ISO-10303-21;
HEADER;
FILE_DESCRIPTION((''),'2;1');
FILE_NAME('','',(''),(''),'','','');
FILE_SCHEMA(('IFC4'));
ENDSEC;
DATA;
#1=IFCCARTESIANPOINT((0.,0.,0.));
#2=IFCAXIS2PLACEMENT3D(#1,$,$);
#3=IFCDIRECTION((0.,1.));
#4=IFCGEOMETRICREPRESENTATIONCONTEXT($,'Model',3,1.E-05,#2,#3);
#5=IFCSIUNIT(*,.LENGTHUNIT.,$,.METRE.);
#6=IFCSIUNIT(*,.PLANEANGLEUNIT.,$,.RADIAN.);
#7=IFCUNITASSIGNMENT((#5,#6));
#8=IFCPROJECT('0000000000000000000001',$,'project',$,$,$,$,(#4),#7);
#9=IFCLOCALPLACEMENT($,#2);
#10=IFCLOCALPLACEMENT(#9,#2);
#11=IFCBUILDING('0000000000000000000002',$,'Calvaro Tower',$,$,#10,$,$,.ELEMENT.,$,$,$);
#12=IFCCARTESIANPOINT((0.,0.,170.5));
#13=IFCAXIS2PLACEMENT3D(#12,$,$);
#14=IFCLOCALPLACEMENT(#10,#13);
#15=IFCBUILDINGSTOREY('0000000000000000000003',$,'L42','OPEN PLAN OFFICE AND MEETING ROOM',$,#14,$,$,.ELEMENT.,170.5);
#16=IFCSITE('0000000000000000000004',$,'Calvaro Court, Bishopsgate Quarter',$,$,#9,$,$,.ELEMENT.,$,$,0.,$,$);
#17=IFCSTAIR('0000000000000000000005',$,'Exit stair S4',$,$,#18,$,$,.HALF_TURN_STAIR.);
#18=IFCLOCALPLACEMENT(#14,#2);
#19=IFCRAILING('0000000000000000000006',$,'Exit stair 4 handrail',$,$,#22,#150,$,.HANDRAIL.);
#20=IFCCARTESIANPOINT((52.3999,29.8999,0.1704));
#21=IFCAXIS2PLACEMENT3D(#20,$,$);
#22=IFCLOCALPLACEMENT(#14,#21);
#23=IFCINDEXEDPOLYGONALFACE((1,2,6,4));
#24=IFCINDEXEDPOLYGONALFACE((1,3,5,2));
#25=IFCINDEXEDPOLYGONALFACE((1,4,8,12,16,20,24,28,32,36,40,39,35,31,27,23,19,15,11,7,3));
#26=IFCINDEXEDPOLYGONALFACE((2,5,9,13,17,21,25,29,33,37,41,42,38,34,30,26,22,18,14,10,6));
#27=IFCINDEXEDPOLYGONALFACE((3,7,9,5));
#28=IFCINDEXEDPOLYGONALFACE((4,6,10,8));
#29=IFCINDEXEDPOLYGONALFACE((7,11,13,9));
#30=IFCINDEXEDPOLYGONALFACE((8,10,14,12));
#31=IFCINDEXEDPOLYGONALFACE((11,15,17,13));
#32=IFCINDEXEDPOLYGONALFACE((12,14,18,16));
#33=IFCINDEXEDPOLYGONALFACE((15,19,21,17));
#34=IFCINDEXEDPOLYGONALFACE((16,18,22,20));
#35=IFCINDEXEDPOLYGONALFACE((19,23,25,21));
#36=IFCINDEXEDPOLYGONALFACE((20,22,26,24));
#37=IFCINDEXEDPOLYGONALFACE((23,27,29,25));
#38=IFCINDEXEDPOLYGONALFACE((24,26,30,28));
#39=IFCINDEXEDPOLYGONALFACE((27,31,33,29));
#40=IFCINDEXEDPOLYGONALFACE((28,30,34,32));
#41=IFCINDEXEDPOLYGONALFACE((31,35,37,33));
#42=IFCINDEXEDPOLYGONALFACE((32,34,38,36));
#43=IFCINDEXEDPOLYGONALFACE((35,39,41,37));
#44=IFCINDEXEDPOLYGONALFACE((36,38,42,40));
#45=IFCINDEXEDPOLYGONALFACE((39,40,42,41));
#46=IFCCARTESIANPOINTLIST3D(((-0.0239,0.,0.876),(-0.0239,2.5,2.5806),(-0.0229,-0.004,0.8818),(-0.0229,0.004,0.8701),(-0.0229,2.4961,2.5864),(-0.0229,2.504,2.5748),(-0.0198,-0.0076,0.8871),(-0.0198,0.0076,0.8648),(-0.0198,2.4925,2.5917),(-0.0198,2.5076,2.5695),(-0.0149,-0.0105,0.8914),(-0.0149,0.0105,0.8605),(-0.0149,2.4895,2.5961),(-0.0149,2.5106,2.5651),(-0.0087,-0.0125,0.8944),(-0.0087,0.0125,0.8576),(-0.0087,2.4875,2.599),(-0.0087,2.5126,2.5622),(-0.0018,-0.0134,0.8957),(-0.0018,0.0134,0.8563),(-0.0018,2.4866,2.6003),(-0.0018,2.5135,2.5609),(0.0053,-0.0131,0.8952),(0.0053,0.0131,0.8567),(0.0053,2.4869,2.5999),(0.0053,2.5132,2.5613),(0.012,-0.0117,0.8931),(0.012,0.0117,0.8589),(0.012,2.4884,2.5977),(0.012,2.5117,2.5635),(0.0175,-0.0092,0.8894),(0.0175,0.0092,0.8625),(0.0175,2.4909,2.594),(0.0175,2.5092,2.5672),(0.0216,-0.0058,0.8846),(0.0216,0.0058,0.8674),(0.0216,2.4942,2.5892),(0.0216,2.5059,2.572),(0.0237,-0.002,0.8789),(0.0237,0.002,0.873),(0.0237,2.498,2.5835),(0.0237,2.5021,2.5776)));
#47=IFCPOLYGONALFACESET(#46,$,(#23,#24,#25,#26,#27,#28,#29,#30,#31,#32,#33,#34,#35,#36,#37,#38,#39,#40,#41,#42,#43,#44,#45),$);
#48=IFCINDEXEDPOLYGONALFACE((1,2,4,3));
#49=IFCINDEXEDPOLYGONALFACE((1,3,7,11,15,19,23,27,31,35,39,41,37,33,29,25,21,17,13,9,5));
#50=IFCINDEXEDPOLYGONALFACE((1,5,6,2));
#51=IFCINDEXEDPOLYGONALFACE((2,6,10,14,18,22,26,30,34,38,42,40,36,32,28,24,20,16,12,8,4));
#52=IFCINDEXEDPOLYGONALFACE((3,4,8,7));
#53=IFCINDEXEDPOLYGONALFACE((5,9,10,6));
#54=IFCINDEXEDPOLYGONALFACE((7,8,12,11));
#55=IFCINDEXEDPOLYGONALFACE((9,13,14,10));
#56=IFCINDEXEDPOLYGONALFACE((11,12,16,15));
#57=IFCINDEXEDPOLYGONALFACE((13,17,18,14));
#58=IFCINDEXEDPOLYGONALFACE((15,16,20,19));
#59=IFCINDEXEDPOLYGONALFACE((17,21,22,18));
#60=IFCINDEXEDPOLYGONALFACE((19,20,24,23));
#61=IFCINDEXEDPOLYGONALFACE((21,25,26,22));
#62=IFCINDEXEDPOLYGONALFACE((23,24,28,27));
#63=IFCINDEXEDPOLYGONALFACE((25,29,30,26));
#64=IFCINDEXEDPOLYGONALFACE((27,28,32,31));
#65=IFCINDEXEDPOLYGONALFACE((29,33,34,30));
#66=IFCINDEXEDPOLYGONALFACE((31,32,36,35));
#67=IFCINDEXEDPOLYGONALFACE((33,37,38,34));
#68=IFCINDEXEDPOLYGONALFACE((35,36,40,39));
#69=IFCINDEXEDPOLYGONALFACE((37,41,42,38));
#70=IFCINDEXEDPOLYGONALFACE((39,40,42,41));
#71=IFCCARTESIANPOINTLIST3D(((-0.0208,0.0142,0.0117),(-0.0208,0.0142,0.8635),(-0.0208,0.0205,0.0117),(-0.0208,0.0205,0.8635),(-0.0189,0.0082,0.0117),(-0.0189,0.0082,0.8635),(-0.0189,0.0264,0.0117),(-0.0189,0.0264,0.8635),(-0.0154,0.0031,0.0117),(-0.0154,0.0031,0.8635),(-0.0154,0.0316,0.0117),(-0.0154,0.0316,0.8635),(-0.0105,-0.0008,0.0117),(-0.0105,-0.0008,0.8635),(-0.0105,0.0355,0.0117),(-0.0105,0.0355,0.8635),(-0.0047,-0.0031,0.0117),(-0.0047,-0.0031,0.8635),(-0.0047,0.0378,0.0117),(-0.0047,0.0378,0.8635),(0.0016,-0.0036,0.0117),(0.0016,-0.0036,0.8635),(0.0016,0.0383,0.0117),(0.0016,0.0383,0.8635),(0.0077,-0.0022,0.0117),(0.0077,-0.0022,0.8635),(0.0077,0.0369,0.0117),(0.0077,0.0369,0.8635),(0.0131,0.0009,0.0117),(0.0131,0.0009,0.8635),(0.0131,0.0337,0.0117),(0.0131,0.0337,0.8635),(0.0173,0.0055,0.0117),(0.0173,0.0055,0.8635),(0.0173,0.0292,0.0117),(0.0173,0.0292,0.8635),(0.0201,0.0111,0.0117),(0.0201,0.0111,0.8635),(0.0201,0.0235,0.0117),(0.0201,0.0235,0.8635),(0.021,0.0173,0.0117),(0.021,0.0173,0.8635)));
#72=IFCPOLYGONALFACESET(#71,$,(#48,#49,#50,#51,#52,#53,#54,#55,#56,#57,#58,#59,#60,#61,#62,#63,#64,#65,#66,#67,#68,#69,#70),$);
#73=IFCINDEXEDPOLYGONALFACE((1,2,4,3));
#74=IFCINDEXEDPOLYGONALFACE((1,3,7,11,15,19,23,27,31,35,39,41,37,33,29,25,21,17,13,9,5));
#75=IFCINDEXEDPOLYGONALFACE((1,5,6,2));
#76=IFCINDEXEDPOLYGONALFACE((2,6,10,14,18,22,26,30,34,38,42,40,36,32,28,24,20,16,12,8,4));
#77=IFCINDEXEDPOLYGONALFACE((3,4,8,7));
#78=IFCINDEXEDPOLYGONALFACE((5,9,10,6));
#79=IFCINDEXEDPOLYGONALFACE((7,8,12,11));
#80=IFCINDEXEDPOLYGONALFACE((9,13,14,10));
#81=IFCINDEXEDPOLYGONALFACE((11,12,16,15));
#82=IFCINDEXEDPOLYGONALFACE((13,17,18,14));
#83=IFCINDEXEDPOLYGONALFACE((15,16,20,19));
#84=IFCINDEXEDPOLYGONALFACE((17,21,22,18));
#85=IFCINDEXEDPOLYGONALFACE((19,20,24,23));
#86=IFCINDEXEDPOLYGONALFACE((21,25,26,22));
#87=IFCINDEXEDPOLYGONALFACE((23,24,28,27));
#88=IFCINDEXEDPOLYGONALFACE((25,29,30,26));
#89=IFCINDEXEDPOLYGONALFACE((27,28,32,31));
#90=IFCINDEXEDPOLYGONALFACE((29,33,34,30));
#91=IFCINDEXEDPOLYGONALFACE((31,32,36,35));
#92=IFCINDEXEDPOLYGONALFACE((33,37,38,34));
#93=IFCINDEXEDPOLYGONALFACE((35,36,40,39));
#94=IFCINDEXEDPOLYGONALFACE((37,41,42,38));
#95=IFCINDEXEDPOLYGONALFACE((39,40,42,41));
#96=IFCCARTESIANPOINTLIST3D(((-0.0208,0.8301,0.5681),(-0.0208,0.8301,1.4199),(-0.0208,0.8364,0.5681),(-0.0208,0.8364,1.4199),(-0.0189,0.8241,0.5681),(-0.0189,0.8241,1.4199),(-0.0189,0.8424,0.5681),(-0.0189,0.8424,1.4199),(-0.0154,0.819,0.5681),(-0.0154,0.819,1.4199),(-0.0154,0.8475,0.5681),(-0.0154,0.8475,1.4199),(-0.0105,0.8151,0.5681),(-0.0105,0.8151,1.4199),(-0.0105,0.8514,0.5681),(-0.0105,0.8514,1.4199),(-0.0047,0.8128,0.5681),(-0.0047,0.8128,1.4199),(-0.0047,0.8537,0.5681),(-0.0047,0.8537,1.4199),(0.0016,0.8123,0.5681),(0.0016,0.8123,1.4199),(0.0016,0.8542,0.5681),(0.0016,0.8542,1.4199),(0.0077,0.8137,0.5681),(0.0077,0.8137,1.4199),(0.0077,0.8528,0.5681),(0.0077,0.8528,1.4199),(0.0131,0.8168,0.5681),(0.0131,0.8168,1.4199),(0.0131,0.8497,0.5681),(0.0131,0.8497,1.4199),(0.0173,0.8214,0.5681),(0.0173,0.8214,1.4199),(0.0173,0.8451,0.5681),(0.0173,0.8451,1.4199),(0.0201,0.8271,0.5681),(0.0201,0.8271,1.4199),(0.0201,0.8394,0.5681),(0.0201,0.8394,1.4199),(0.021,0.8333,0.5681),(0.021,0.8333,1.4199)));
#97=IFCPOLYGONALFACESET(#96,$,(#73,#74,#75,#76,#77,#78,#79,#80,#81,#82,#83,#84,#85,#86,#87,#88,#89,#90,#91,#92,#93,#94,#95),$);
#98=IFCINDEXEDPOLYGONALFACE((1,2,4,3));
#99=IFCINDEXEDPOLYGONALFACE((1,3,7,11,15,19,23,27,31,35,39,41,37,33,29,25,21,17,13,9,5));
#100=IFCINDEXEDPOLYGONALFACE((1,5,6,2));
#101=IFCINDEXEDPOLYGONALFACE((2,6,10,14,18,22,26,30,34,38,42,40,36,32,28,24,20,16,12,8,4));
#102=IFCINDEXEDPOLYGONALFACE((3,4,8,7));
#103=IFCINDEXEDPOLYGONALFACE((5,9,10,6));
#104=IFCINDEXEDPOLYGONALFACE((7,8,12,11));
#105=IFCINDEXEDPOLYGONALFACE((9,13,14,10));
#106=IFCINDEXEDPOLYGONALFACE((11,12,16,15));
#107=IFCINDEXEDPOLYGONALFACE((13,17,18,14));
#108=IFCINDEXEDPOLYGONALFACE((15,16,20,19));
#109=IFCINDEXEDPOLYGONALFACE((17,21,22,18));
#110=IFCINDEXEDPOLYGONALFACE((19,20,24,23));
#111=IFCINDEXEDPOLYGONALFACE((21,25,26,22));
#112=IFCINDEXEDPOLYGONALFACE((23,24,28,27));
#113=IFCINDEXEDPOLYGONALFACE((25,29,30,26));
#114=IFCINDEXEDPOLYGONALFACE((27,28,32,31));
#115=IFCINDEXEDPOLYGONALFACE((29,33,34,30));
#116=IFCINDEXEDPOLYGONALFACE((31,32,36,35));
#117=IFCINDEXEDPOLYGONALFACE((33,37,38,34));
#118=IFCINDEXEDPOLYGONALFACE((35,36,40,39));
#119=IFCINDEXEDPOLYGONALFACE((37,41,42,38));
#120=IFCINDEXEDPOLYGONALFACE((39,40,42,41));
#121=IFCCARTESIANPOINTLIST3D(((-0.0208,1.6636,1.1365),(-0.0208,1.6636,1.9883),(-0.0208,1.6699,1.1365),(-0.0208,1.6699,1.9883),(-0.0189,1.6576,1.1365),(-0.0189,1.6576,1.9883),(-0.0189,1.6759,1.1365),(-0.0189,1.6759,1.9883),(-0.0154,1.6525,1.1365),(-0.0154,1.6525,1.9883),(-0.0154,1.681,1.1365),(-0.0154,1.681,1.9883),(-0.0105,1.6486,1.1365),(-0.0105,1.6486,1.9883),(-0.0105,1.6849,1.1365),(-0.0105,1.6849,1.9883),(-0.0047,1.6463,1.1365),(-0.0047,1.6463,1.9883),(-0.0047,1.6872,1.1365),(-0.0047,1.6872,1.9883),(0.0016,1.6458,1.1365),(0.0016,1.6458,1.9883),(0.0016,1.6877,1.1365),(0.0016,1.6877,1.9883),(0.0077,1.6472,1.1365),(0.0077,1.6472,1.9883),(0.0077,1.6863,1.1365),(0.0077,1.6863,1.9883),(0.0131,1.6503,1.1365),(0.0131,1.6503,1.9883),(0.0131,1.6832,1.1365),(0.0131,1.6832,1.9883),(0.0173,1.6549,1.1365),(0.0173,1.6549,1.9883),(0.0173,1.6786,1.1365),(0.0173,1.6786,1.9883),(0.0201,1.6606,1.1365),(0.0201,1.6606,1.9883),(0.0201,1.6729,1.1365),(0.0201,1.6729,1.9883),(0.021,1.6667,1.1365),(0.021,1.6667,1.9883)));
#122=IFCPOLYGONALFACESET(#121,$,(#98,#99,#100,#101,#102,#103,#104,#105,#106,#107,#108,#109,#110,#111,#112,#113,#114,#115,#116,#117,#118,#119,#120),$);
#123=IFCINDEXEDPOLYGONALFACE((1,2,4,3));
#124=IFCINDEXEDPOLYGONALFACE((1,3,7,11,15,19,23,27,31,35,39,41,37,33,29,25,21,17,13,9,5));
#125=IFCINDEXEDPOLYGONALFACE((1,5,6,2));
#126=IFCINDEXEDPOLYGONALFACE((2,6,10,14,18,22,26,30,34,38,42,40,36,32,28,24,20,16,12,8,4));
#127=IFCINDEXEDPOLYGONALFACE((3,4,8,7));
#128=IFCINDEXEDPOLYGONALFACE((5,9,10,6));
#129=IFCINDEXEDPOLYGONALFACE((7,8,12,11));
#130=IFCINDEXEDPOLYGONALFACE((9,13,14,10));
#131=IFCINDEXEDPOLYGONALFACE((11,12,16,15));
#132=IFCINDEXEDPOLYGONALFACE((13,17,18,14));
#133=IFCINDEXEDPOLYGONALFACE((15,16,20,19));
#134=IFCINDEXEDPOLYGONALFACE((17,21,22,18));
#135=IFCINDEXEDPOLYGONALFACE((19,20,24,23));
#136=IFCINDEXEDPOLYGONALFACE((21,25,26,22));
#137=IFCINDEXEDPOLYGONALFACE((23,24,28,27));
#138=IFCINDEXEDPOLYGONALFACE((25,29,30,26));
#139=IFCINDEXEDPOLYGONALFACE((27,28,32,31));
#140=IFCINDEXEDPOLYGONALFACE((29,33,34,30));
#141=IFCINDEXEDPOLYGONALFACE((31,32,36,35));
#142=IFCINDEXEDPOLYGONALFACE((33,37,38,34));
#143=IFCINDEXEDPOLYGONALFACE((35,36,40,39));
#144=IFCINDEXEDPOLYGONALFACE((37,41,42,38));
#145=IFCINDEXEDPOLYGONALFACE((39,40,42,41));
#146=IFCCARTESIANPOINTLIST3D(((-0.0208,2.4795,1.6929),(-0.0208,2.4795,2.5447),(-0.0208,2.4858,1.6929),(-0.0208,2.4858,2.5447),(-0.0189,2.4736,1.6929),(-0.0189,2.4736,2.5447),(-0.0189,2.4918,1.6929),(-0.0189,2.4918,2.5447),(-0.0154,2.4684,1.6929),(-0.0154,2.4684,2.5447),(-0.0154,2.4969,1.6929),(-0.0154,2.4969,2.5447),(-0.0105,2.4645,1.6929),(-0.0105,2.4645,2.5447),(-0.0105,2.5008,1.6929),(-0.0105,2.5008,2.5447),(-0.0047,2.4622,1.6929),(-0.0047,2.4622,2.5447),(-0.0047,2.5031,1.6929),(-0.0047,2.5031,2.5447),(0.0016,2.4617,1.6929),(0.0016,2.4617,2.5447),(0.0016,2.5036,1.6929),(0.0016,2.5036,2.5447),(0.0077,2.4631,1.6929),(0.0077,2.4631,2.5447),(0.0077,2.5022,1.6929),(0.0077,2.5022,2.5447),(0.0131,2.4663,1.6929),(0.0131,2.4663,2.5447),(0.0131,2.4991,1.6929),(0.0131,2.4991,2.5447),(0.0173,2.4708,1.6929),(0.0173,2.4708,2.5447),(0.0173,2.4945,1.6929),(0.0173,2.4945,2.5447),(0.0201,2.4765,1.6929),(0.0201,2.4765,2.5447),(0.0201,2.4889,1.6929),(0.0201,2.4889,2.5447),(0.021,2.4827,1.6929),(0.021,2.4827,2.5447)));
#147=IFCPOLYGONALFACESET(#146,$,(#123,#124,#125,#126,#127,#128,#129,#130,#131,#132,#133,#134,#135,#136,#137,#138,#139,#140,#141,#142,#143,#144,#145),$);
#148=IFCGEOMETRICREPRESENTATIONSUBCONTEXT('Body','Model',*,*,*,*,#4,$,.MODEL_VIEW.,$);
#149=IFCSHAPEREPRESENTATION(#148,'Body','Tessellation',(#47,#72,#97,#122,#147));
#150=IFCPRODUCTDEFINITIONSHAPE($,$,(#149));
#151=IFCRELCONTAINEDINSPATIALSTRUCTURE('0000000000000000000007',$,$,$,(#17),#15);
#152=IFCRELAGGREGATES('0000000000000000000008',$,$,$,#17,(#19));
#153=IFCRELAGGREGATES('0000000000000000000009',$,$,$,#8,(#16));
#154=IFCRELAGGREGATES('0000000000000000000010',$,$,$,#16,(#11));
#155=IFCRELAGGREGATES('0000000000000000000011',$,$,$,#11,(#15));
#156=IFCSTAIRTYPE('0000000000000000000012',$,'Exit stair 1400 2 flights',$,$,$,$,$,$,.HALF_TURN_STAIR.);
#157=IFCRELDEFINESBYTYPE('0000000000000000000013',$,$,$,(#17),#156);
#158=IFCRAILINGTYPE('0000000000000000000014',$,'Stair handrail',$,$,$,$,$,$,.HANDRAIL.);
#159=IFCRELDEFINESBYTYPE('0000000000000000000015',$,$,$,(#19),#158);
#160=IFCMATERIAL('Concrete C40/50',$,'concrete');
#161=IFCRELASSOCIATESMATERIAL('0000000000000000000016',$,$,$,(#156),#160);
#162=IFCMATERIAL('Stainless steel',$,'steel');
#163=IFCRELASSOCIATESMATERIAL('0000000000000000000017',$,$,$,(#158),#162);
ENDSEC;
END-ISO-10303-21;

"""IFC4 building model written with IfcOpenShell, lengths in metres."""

from ifc_helpers import new_model, si_unit, direction, frame, origin, origin_2d, place, context, subcontext, project, spatial, circle, extrude, material, type_object, element, aggregate, save


model = new_model("IFC4")

# Units and contexts
model_context = context("Model", 3, precision=1e-05, world=origin(), true_north=direction((0.0, 1.0)))
body_context = subcontext(model_context, "Body", "Model", "MODEL_VIEW")
ifc_project = project(units=[si_unit("LENGTHUNIT", "METRE"), si_unit("PLANEANGLEUNIT", "RADIAN")], contexts=[model_context])

# Site, building, storey
site_placement = place(None, origin())
site = spatial("IfcSite", under=ifc_project, at=site_placement, Name="Calvaro Court, Bishopsgate Quarter", CompositionType="ELEMENT", RefElevation=0.0)
building_placement = place(site_placement, origin())
building = spatial("IfcBuilding", under=site, at=building_placement, Name="Calvaro Tower", CompositionType="ELEMENT")
storey_placement = place(building_placement, frame((0.0, 0.0, 170.5)))
storey = spatial("IfcBuildingStorey", under=building, at=storey_placement, Name="L42", Description="OPEN PLAN OFFICE AND MEETING ROOM", CompositionType="ELEMENT", Elevation=170.5)

# Stair
ifc_material_1 = material(Name="Concrete C40/50", Category="concrete")
stair_type = type_object("IfcStairType", Name="Exit stair 1400 2 flights", PredefinedType="HALF_TURN_STAIR", material=ifc_material_1)
stair_1_placement = place(storey_placement, origin())
stair_1 = element("IfcStair", 1, at=stair_1_placement, inside=storey, type_object=stair_type, Name="Exit stair S4", PredefinedType="HALF_TURN_STAIR")

# Railing
ifc_material_2 = material(Name="Stainless steel", Category="steel")
railing_type = type_object("IfcRailingType", Name="Stair handrail", PredefinedType="HANDRAIL", material=ifc_material_2)
railing_1_placement = place(storey_placement, frame((52.3999, 29.8999, 0.1704)))
railing_1 = element("IfcRailing", 2, at=railing_1_placement, type_object=railing_type, Name="Exit stair 4 handrail", PredefinedType="HANDRAIL", context=body_context, shape_type="SweptSolid", body=[
    extrude(circle(Radius=0.0239, at=origin_2d()), frame((0.0, 0.0, 0.876), z_axis=(0.0, 0.826221, 0.563347), x_axis=(-1.0, 0.0, 0.0)), (0.0, 0.0, 1.0), 3.0259),
    extrude(circle(Radius=0.021, at=origin_2d()), frame((0.0, 0.0173, 0.0117)), (0.0, 0.0, 1.0), 0.8518),
    extrude(circle(Radius=0.021, at=origin_2d()), frame((0.0, 0.8333, 0.5681)), (0.0, 0.0, 1.0), 0.8518),
    extrude(circle(Radius=0.021, at=origin_2d()), frame((0.0, 1.6667, 1.1365)), (0.0, 0.0, 1.0), 0.8518),
    extrude(circle(Radius=0.021, at=origin_2d()), frame((0.0, 2.4827, 1.6929)), (0.0, 0.0, 1.0), 0.8518),
])
aggregate(stair_1, [railing_1])

save(model, "model.ifc")
